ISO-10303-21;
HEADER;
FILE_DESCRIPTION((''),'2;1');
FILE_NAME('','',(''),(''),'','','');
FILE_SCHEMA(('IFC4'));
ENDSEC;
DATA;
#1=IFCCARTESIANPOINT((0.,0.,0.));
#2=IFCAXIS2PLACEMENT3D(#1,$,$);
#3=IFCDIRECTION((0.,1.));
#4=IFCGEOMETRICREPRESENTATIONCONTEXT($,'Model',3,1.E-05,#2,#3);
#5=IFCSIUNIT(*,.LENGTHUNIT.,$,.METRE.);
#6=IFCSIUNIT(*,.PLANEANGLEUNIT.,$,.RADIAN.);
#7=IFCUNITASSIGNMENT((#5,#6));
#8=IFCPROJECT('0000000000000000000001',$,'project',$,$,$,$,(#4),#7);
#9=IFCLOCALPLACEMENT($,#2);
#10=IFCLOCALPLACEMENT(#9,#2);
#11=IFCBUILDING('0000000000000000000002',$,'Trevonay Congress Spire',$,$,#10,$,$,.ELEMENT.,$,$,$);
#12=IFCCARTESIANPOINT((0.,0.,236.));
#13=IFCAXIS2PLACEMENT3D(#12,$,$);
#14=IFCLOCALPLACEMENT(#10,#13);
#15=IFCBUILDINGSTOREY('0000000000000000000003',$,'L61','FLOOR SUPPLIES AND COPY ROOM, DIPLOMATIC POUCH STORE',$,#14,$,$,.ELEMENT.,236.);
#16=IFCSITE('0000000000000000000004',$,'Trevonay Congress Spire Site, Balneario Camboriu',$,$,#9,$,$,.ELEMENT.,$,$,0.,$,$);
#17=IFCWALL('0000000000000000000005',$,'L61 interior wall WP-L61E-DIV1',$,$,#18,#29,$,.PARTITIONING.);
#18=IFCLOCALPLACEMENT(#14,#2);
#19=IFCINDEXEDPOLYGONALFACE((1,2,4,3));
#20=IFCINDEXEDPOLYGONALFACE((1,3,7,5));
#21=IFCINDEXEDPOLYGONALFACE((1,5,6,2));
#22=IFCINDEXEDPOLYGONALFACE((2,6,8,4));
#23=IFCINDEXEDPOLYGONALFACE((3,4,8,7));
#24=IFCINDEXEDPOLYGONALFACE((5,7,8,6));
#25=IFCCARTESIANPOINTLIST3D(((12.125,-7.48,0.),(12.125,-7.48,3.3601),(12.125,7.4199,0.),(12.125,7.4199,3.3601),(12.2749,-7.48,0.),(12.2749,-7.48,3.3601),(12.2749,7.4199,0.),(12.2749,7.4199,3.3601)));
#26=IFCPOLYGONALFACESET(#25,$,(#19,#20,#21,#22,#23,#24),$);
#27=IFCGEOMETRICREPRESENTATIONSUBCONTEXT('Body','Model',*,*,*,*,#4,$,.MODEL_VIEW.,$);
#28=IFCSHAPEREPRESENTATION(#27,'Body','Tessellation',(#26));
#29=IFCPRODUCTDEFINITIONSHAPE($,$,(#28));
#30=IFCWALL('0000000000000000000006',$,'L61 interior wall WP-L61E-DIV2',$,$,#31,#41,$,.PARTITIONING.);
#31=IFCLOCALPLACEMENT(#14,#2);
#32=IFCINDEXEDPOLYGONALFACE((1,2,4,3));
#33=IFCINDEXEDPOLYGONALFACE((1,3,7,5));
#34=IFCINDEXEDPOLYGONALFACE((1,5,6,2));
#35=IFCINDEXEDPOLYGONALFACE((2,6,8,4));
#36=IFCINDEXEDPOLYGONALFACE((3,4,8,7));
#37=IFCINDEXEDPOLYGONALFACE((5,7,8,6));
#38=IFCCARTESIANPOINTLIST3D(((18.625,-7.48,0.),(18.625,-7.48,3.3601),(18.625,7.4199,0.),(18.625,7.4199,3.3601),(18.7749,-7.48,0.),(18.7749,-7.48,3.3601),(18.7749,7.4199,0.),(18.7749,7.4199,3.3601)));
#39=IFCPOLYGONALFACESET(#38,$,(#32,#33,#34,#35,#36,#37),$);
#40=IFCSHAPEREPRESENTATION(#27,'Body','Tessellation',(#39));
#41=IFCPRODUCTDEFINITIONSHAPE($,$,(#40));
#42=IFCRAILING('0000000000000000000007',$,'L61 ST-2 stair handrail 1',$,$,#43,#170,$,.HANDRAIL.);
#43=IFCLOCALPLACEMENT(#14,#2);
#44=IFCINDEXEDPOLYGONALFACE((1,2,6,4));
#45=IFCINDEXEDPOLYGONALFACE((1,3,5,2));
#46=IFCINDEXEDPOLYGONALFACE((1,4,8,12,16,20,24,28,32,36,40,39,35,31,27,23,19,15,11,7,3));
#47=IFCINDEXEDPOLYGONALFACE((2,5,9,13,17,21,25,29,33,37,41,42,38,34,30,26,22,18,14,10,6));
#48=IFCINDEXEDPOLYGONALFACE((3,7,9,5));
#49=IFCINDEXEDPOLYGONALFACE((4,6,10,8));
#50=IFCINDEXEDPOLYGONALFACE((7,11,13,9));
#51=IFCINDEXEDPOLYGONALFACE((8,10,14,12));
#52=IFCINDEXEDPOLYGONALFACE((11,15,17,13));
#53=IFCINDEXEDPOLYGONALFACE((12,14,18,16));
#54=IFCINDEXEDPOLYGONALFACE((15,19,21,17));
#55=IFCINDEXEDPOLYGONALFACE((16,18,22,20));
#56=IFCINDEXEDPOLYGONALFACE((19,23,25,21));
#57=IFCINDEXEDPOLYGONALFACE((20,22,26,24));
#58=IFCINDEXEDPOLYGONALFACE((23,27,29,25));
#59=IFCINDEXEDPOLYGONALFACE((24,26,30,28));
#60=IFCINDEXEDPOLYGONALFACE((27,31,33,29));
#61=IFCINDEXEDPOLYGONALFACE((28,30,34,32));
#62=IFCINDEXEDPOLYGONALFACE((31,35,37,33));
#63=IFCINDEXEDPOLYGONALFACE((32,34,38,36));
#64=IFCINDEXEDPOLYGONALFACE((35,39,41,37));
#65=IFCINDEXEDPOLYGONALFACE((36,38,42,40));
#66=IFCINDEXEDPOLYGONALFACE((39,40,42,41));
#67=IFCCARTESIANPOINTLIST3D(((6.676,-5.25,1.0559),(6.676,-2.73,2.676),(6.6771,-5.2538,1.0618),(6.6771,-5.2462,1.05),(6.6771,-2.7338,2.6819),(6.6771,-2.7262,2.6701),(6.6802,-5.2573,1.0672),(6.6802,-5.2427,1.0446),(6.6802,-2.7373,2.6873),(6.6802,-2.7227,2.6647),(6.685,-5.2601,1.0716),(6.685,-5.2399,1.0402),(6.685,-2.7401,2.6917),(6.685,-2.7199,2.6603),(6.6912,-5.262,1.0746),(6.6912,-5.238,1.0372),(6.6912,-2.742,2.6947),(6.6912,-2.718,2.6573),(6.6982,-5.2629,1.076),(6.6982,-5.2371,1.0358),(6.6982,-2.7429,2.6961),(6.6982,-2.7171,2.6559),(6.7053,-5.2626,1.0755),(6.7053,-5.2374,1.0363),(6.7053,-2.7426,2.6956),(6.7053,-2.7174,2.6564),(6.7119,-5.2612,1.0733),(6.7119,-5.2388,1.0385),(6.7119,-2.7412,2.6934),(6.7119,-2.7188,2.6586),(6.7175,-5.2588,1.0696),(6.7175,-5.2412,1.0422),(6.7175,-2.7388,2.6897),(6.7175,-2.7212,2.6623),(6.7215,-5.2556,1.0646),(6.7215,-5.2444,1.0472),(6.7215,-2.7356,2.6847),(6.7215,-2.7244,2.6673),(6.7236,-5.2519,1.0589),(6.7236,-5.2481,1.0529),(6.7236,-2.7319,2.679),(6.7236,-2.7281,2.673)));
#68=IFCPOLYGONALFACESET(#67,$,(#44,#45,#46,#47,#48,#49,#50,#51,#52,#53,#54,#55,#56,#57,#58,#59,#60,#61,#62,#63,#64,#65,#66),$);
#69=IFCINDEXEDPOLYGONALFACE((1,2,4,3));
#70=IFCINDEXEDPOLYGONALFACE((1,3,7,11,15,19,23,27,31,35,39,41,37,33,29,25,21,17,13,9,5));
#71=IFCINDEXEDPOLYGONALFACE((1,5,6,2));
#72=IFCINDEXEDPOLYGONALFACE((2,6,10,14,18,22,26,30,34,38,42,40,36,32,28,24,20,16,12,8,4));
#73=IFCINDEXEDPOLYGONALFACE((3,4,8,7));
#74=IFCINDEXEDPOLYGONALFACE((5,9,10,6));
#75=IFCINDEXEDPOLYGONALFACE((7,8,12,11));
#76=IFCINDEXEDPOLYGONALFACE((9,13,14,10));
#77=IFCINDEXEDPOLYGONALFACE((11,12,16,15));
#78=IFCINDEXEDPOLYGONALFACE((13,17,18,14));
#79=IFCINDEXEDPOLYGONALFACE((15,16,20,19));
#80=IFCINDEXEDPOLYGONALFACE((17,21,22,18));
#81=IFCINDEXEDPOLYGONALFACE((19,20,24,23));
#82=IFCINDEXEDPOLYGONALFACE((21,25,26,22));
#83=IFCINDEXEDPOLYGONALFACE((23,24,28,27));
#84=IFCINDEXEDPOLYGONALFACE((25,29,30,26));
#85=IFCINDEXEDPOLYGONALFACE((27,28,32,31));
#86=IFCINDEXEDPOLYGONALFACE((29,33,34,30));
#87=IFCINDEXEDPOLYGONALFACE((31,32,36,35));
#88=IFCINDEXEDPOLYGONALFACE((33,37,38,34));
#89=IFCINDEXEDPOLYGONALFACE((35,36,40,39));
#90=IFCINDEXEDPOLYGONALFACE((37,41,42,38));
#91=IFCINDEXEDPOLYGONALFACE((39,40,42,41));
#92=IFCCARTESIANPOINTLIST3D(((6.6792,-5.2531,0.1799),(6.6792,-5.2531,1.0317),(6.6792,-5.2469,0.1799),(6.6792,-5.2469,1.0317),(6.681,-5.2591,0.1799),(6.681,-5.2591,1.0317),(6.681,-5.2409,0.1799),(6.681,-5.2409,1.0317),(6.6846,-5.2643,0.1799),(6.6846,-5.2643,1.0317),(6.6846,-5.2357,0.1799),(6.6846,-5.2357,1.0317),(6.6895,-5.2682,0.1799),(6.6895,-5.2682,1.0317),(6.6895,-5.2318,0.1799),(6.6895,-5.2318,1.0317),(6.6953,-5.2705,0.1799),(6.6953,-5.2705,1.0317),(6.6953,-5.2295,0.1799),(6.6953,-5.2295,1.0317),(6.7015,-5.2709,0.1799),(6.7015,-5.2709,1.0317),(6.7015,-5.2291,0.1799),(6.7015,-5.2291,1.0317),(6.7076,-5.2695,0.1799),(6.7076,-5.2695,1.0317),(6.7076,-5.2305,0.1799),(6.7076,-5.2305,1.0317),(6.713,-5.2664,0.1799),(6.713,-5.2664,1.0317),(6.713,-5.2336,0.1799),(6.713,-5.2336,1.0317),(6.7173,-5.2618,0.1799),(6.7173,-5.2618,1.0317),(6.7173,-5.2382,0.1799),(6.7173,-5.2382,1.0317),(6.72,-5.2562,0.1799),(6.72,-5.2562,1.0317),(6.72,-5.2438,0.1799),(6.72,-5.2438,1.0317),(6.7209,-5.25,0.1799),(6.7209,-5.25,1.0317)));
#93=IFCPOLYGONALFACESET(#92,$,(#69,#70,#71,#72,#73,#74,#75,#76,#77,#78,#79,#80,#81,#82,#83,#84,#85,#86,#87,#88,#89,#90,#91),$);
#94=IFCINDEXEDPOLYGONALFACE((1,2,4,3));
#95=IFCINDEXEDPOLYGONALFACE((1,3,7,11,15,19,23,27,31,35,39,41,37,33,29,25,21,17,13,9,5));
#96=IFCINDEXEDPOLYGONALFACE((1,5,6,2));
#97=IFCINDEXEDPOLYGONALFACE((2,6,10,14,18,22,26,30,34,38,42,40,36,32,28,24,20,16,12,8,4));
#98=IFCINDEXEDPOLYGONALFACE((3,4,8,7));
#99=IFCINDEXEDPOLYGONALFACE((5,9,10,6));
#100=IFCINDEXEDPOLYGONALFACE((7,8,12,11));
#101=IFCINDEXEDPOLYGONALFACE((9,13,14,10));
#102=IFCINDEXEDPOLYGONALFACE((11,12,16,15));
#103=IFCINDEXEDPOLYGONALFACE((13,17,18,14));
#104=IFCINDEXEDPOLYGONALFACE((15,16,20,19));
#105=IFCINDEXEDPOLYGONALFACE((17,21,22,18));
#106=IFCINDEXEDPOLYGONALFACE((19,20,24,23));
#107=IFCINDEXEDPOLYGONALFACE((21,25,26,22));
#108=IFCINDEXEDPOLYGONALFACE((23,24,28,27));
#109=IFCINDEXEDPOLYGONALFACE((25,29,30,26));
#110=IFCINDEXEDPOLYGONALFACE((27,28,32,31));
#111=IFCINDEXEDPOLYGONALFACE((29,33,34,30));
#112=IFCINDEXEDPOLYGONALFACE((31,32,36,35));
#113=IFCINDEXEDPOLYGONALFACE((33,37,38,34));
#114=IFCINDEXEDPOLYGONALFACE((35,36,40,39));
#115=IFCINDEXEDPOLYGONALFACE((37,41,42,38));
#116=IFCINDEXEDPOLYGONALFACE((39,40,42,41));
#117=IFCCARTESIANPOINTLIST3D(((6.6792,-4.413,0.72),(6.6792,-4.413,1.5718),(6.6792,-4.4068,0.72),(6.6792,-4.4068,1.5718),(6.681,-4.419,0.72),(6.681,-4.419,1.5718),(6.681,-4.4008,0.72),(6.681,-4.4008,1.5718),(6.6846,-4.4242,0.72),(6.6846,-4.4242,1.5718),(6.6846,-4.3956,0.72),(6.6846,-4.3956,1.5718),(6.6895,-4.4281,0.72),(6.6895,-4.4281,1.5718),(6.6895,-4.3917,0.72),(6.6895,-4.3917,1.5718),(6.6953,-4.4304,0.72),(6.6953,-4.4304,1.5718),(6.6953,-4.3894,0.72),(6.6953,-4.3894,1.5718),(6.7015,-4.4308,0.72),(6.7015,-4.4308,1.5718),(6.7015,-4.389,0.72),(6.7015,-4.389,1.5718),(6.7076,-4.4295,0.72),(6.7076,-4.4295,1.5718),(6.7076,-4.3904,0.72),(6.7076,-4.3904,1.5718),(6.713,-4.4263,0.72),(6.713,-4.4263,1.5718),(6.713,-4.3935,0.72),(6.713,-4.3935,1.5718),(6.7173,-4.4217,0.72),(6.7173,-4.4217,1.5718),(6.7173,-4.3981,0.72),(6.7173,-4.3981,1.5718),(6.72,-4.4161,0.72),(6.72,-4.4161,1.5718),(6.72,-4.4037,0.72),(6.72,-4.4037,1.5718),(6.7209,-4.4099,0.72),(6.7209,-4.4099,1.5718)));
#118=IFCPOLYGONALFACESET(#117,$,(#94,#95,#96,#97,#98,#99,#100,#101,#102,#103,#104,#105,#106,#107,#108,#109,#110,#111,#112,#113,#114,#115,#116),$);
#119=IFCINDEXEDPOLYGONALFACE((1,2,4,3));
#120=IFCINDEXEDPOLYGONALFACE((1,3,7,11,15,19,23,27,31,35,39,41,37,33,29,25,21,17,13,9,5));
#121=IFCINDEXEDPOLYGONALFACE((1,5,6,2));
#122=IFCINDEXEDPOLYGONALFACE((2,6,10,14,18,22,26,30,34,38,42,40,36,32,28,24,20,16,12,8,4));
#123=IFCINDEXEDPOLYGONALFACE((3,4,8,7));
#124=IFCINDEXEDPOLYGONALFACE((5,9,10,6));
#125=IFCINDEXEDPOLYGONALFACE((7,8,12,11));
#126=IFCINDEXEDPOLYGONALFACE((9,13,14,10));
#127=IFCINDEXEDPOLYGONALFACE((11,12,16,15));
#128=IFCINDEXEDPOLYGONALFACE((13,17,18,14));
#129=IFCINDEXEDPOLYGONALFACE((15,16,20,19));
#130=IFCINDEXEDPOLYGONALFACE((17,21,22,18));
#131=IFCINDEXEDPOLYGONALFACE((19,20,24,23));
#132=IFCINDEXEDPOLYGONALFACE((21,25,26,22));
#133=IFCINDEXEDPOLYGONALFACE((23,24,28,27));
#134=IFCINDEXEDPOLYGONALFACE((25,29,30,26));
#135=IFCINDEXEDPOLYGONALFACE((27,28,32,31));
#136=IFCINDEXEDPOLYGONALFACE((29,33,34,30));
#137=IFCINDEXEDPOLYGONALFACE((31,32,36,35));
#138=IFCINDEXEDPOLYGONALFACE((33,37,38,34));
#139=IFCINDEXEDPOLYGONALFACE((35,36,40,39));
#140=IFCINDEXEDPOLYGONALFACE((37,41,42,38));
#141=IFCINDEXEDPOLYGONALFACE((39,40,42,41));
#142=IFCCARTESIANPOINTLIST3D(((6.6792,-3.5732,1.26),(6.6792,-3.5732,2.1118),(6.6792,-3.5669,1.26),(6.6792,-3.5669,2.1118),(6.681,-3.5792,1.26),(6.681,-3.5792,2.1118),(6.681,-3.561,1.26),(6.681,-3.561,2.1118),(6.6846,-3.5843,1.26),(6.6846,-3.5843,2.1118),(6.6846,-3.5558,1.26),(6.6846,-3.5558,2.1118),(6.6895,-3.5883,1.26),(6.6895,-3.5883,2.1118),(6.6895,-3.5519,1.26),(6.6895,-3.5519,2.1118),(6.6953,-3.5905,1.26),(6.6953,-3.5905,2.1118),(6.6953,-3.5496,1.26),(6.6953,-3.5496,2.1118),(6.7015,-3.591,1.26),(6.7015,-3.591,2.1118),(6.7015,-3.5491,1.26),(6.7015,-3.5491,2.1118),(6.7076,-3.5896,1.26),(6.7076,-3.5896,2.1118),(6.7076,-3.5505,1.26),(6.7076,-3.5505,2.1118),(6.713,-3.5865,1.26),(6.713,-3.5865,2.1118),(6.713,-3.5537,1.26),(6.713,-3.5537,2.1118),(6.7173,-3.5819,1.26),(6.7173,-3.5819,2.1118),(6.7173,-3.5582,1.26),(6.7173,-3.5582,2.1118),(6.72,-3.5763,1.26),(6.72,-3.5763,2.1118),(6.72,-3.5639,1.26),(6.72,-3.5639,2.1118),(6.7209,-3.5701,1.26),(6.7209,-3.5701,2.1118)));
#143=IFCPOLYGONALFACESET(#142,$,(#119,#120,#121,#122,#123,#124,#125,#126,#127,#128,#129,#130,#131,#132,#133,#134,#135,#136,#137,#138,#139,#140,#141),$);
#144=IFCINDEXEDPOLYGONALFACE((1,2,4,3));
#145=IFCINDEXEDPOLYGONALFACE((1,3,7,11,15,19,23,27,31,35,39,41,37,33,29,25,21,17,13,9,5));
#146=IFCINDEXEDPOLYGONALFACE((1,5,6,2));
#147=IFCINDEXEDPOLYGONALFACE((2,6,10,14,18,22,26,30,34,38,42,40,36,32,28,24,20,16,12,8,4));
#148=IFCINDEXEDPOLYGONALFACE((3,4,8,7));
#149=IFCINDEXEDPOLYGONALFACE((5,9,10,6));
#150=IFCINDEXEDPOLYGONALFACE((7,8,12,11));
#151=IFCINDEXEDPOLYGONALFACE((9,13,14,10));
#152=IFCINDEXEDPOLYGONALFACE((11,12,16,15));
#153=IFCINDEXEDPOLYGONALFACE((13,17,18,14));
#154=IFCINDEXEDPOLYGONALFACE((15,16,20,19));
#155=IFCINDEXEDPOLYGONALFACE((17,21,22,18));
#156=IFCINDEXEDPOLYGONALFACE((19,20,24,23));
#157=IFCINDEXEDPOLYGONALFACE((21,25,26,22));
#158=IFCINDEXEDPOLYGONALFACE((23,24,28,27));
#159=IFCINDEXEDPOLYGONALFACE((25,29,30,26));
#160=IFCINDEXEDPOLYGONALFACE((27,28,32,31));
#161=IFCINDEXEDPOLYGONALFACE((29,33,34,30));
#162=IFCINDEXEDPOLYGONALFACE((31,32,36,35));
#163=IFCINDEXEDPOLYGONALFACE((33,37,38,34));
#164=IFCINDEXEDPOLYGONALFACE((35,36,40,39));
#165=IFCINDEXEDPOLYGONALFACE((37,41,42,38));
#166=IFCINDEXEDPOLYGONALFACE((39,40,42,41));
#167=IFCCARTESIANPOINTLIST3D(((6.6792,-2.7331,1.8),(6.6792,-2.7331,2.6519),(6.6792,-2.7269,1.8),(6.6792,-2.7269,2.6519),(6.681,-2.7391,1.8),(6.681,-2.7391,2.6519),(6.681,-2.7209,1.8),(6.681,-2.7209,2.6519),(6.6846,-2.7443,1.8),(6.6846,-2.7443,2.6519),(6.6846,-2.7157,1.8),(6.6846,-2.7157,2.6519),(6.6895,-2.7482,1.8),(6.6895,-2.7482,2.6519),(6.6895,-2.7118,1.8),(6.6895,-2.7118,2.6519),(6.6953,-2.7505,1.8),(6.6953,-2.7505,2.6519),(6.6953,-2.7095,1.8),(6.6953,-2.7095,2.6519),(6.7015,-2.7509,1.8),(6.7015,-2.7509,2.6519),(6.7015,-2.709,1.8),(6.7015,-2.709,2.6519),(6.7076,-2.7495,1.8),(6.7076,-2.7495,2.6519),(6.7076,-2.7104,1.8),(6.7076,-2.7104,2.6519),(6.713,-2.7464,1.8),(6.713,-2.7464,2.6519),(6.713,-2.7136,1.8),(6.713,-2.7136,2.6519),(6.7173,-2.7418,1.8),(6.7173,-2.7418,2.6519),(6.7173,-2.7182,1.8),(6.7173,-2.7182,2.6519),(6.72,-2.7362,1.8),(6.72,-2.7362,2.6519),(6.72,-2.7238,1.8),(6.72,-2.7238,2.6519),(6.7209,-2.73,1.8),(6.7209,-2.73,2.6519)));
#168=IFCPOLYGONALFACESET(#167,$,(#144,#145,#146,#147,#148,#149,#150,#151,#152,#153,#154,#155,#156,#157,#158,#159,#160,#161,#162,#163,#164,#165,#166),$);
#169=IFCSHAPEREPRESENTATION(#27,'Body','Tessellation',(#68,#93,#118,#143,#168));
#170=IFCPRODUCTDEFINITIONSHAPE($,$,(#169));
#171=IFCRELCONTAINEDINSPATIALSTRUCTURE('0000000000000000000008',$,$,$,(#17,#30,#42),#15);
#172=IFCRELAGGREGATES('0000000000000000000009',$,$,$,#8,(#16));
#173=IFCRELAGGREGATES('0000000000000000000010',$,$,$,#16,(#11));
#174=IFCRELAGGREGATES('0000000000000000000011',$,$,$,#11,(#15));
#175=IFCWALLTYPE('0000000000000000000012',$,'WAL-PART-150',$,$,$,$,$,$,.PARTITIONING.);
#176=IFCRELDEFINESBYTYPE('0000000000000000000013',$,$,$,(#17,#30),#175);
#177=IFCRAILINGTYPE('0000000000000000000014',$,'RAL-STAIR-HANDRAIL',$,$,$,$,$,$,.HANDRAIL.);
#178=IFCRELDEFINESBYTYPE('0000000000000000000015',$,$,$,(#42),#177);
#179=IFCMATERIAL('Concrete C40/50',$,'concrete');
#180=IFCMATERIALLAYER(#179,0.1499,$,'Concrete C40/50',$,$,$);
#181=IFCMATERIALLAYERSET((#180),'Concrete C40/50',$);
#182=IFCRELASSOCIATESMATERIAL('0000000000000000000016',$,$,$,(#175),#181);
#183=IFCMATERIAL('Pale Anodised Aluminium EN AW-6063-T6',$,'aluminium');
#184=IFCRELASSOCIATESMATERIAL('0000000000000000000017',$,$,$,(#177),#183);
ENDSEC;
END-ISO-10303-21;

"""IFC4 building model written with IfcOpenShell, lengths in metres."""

from ifc_helpers import new_model, si_unit, direction, frame, frame_2d, origin, origin_2d, place, context, subcontext, project, spatial, rectangle, circle, extrude, material, layer, layer_set, type_object, element, save


model = new_model("IFC4")

# Units and contexts
model_context = context("Model", 3, precision=1e-05, world=origin(), true_north=direction((0.0, 1.0)))
body_context = subcontext(model_context, "Body", "Model", "MODEL_VIEW")
ifc_project = project(units=[si_unit("LENGTHUNIT", "METRE"), si_unit("PLANEANGLEUNIT", "RADIAN")], contexts=[model_context])

# Site, building, storey
site_placement = place(None, origin())
site = spatial("IfcSite", under=ifc_project, at=site_placement, Name="Trevonay Congress Spire Site, Balneario Camboriu", CompositionType="ELEMENT", RefElevation=0.0)
building_placement = place(site_placement, origin())
building = spatial("IfcBuilding", under=site, at=building_placement, Name="Trevonay Congress Spire", CompositionType="ELEMENT")
storey_placement = place(building_placement, frame((0.0, 0.0, 236.0)))
storey = spatial("IfcBuildingStorey", under=building, at=storey_placement, Name="L61", Description="FLOOR SUPPLIES AND COPY ROOM, DIPLOMATIC POUCH STORE", CompositionType="ELEMENT", Elevation=236.0)

# Shared definitions
ifc_material_1 = material(Name="Pale Anodised Aluminium EN AW-6063-T6", Category="aluminium")

# Shared definitions
ifc_material_2 = material(Name="Concrete C40/50", Category="concrete")

# Walls
ifc_layer_1 = layer(ifc_material_2, 0.1499, Name="Concrete C40/50")
ifc_layer_set_1 = layer_set([ifc_layer_1], Name="Concrete C40/50")
wall_type_1 = type_object("IfcWallType", Name="WAL-PART-150", PredefinedType="PARTITIONING", material=ifc_layer_set_1)
for number, where, z_axis, x_axis, name in (
    (1, (12.2, -7.48, 0.0), (0.0, 0.0, 1.0), (0.0, 1.0, 0.0), "L61 interior wall WP-L61E-DIV1"),
    (2, (18.7, -7.48, 0.0), (0.0, 0.0, 1.0), (0.0, 1.0, 0.0), "L61 interior wall WP-L61E-DIV2"),
):
    element("IfcWall", number, at=place(storey_placement, frame(where, z_axis=z_axis, x_axis=x_axis)), inside=storey, type_object=wall_type_1, Name=name, PredefinedType="PARTITIONING", context=body_context, shape_type="SweptSolid", body=[
        extrude(rectangle(XDim=14.8999, YDim=0.1499, at=frame_2d((7.45, 0.0))), origin(), (0.0, 0.0, 1.0), 3.3601),
    ])

# Railing
railing_type = type_object("IfcRailingType", Name="RAL-STAIR-HANDRAIL", PredefinedType="HANDRAIL", material=ifc_material_1)
railing_placement = place(storey_placement, frame((6.7, -5.25, 0.1799)))
element("IfcRailing", 3, at=railing_placement, inside=storey, type_object=railing_type, Name="L61 ST-2 stair handrail 1", PredefinedType="HANDRAIL", context=body_context, shape_type="SweptSolid", body=[
    extrude(circle(Radius=0.0239, at=origin_2d()), frame((0.0, 0.0, 0.876), z_axis=(0.0, 0.841163, 0.540782), x_axis=(-1.0, 0.0, 0.0)), (0.0, 0.0, 1.0), 2.9958),
    extrude(circle(Radius=0.021, at=origin_2d()), origin(), (0.0, 0.0, 1.0), 0.8518),
    extrude(circle(Radius=0.021, at=origin_2d()), frame((0.0, 0.8401, 0.54)), (0.0, 0.0, 1.0), 0.8518),
    extrude(circle(Radius=0.021, at=origin_2d()), frame((0.0, 1.6799, 1.0801)), (0.0, 0.0, 1.0), 0.8518),
    extrude(circle(Radius=0.021, at=origin_2d()), frame((0.0, 2.52, 1.6201)), (0.0, 0.0, 1.0), 0.8518),
])

save(model, "model.ifc")
